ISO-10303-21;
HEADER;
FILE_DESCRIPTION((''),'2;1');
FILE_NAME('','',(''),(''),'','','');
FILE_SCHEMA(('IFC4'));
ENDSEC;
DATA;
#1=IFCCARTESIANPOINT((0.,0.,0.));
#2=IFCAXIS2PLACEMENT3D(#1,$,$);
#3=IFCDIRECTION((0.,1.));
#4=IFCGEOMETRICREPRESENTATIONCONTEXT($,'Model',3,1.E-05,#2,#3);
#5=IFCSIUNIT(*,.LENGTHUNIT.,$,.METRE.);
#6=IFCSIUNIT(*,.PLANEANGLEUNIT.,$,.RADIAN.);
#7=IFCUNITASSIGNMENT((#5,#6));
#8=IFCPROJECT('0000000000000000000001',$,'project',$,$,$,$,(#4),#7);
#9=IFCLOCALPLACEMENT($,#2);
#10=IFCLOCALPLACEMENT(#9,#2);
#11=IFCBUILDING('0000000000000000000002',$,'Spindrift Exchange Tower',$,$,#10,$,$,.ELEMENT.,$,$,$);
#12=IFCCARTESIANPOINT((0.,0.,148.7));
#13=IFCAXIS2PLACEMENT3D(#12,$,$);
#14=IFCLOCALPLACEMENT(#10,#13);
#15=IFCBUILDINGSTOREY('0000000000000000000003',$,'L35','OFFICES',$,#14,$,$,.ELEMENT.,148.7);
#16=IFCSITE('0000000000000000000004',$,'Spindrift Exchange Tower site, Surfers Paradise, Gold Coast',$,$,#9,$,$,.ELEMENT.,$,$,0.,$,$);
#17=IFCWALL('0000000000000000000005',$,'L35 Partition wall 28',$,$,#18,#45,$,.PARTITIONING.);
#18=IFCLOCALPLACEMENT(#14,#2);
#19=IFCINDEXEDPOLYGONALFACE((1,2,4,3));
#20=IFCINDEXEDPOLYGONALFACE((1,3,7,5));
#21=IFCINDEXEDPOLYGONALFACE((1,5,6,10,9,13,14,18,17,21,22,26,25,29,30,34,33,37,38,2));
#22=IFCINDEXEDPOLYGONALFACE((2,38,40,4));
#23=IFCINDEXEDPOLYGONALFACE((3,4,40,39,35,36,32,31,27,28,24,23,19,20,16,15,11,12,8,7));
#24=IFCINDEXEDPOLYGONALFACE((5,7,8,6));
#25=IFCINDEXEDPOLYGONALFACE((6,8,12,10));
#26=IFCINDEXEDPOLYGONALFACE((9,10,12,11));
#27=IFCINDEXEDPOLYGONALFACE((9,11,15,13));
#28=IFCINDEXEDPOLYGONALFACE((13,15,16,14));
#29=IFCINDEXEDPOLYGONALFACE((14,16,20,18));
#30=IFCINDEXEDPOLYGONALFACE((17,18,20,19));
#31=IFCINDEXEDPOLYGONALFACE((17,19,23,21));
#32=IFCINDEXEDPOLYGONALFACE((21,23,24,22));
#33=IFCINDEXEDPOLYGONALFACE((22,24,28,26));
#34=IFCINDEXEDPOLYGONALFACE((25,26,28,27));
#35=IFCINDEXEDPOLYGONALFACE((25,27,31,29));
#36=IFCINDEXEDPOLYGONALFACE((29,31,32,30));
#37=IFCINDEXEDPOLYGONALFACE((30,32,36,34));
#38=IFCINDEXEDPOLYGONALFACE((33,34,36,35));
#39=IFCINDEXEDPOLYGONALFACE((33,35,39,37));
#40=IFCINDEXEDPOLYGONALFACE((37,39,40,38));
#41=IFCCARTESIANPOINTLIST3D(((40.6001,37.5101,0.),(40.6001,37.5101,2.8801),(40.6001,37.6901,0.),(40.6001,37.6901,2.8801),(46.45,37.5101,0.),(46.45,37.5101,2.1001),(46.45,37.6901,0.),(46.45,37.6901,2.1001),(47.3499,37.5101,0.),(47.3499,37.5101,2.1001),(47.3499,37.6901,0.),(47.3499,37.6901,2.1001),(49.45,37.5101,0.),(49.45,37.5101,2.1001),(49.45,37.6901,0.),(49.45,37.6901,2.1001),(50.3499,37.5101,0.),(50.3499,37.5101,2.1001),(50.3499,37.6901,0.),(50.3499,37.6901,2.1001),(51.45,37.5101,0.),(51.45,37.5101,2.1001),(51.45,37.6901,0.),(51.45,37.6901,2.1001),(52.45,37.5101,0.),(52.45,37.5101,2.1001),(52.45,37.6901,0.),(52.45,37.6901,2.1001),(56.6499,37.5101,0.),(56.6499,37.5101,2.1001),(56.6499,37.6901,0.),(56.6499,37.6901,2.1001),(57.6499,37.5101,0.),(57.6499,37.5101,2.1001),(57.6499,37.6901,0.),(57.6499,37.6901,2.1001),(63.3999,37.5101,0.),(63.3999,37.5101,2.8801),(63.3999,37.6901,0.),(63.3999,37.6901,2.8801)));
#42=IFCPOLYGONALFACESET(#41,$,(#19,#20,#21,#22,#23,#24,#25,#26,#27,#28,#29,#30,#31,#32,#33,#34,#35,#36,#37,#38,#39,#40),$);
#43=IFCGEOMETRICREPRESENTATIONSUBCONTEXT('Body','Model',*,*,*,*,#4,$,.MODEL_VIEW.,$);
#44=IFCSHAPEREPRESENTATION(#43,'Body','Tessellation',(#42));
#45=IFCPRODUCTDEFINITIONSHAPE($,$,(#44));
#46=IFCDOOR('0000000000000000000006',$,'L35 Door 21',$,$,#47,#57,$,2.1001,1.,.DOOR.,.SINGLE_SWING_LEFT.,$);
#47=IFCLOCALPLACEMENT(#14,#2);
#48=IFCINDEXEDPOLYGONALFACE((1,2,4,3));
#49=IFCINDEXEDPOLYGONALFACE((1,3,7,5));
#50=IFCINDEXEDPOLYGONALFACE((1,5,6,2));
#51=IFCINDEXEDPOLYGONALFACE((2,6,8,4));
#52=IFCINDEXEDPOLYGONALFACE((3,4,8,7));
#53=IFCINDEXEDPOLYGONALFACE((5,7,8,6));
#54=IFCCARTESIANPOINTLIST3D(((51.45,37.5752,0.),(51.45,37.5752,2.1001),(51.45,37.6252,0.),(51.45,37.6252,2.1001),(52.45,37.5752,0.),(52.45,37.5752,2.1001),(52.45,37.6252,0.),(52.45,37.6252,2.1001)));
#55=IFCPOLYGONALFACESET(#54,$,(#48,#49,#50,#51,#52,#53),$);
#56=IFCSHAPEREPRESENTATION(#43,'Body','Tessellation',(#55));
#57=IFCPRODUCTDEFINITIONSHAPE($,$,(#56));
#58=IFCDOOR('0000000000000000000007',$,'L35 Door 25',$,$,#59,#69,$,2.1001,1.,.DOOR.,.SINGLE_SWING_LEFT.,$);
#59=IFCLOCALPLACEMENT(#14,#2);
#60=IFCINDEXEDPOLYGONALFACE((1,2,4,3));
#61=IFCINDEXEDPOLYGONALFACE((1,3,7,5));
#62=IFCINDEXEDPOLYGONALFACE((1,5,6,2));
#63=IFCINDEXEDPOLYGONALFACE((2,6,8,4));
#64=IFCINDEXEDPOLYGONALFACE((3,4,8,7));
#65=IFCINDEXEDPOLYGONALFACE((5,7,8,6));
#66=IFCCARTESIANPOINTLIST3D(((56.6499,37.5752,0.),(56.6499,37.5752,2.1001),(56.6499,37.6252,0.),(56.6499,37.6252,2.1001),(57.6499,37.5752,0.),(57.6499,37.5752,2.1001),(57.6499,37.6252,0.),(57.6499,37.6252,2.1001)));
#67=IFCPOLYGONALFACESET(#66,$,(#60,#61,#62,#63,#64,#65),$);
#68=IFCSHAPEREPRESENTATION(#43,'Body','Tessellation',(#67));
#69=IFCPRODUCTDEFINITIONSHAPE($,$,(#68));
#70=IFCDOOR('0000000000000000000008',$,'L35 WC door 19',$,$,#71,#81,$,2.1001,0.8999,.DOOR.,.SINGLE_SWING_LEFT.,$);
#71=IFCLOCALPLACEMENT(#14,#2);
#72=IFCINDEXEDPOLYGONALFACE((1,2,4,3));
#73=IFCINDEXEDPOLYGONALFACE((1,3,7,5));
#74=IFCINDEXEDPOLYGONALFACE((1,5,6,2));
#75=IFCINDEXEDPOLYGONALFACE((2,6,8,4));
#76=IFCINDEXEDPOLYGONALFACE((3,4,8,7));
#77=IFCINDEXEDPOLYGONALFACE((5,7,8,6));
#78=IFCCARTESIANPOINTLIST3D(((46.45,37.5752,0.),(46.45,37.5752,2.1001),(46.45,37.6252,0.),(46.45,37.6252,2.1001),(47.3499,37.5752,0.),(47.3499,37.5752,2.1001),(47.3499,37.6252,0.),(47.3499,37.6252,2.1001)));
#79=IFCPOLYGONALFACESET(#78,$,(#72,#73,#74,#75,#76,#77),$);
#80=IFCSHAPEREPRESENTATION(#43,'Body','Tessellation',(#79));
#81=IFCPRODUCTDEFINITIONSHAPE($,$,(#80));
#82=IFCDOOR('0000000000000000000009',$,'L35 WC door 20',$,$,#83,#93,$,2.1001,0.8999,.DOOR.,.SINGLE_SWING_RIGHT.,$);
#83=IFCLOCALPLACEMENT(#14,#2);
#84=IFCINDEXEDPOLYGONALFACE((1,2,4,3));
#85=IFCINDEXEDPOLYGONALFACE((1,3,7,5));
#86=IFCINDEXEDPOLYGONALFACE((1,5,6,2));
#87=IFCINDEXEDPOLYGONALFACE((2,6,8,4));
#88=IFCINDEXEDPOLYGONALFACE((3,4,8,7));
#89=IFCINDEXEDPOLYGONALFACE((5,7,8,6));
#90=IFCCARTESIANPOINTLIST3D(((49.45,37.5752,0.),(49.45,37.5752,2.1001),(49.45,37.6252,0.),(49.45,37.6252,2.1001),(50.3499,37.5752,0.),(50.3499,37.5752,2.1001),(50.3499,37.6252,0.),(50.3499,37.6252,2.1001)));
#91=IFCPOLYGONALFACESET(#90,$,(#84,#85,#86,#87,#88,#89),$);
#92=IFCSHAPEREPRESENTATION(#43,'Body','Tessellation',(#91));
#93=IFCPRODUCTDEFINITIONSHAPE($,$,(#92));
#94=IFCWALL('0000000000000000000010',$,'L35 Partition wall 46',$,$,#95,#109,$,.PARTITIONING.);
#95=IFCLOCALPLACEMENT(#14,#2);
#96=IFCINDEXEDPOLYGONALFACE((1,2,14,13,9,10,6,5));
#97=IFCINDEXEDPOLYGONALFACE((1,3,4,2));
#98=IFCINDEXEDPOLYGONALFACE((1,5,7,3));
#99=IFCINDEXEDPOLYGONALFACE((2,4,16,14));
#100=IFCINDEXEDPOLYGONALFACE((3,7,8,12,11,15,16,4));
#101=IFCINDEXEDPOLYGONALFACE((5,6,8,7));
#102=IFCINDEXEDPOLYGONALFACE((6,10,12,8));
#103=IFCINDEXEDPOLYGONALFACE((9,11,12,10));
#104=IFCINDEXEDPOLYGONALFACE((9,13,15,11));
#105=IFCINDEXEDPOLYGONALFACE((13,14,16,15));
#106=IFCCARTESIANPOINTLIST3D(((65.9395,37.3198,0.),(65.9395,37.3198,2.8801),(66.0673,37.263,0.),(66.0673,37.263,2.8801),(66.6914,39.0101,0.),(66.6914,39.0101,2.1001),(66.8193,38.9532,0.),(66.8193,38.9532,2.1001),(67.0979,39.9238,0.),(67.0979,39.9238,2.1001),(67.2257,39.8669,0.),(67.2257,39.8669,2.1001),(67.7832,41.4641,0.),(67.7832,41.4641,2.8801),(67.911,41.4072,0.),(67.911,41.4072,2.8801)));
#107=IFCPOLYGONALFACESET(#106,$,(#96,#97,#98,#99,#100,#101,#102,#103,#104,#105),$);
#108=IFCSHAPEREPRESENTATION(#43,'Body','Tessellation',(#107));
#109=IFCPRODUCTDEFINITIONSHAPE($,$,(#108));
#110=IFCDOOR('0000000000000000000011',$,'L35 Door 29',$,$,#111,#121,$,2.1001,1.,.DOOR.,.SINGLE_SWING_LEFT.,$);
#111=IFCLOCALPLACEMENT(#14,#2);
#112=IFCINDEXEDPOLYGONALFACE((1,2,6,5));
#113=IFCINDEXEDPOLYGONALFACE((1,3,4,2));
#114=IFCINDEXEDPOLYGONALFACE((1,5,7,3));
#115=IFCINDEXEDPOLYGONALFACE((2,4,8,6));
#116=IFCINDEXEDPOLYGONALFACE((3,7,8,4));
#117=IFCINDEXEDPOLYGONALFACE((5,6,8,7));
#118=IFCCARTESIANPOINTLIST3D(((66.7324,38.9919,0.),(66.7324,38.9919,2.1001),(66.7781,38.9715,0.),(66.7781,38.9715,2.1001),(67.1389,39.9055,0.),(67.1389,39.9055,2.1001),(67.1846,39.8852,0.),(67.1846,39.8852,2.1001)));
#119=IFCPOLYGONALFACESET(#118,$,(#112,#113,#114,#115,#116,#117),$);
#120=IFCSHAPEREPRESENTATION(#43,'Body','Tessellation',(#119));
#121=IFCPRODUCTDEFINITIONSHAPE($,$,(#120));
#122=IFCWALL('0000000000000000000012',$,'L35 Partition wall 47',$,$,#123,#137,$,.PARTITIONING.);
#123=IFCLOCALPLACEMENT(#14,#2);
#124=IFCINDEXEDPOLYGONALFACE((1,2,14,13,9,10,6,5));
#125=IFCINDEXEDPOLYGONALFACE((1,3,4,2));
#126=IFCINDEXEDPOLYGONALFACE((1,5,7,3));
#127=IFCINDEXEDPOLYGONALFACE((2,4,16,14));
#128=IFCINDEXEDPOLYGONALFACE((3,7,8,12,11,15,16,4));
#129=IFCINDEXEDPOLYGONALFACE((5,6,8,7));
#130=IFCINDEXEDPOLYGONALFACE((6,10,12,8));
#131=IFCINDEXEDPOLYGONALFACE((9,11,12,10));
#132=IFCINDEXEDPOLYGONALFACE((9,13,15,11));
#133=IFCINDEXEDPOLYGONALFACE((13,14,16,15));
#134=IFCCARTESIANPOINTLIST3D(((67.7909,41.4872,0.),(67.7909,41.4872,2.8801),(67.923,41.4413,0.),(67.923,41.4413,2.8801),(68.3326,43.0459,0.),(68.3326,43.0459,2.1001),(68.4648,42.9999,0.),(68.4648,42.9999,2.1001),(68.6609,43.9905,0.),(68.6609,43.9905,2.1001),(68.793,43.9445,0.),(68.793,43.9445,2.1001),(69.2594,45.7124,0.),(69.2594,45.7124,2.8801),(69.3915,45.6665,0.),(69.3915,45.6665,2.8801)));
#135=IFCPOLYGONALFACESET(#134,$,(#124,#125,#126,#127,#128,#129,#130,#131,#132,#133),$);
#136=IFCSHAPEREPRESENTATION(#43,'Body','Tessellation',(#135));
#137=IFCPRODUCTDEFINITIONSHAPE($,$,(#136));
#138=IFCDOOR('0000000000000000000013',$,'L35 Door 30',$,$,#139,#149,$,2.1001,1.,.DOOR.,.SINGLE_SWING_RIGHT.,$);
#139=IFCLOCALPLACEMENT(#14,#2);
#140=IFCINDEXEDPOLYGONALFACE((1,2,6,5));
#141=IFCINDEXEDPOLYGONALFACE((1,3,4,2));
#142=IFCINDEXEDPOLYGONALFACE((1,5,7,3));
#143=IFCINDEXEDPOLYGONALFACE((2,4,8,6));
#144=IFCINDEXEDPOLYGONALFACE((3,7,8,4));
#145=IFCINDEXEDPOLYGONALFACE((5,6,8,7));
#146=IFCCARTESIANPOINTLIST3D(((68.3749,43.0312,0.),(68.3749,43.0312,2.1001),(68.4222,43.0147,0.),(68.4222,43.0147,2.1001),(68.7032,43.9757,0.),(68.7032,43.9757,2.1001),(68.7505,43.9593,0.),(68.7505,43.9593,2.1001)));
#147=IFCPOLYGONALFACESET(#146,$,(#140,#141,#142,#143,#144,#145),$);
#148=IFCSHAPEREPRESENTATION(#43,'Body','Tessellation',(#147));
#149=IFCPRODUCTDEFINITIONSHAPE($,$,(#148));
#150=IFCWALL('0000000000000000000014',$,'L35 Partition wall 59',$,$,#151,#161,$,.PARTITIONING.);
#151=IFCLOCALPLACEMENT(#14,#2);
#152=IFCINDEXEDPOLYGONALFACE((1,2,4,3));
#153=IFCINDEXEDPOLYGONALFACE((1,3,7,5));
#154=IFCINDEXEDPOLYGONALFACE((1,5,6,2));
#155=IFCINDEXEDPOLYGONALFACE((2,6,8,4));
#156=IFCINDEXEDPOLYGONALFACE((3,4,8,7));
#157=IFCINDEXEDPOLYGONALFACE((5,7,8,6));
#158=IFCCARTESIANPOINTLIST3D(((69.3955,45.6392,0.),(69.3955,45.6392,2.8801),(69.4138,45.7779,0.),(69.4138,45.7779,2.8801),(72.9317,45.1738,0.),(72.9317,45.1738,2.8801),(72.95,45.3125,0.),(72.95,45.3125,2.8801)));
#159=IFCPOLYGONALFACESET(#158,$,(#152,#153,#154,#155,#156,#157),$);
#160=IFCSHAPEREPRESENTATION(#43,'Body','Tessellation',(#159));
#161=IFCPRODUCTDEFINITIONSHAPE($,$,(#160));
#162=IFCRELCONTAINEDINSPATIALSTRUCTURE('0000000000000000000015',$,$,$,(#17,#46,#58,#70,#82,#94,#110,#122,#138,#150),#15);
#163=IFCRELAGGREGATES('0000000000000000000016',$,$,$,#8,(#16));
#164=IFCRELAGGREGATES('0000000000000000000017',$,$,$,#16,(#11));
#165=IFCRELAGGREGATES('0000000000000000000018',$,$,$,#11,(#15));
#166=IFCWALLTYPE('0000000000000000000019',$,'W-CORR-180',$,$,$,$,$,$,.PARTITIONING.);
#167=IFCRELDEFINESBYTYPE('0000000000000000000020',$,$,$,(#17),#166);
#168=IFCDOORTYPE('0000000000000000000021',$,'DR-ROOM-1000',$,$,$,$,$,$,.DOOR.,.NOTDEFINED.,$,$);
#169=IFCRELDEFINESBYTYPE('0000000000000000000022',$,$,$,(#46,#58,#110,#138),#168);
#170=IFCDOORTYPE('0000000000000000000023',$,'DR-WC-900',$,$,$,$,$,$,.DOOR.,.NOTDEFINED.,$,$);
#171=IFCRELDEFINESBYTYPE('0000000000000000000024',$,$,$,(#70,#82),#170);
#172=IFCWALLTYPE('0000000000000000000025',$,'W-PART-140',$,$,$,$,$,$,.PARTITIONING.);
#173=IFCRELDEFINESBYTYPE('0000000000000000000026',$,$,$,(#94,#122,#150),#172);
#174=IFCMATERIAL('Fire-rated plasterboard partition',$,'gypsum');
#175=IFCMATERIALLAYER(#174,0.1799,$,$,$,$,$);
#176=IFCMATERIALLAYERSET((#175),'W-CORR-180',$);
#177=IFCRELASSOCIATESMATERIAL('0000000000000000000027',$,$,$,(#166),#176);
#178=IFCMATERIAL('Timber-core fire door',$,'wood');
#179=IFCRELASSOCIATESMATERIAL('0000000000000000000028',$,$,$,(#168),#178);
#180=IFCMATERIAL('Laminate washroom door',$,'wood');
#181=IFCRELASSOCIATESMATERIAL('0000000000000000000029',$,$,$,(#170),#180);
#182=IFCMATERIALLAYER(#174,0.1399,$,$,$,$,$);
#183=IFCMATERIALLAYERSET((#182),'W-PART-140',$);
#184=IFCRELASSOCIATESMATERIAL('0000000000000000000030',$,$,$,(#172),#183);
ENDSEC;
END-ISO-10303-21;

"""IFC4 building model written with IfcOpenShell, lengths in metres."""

from ifc_helpers import new_model, si_unit, direction, frame, frame_2d, origin, place, context, subcontext, project, spatial, rectangle, extrude, source, transform, mapped, material, layer, layer_set, type_object, element, fill, save


model = new_model("IFC4")

# Units and contexts
model_context = context("Model", 3, precision=1e-05, world=origin(), true_north=direction((0.0, 1.0)))
body_context = subcontext(model_context, "Body", "Model", "MODEL_VIEW")
ifc_project = project(units=[si_unit("LENGTHUNIT", "METRE"), si_unit("PLANEANGLEUNIT", "RADIAN")], contexts=[model_context])

# Site, building, storey
site_placement = place(None, origin())
site = spatial("IfcSite", under=ifc_project, at=site_placement, Name="Spindrift Exchange Tower site, Surfers Paradise, Gold Coast", CompositionType="ELEMENT", RefElevation=0.0)
building_placement = place(site_placement, origin())
building = spatial("IfcBuilding", under=site, at=building_placement, Name="Spindrift Exchange Tower", CompositionType="ELEMENT")
storey_placement = place(building_placement, frame((0.0, 0.0, 148.7)))
storey = spatial("IfcBuildingStorey", under=building, at=storey_placement, Name="L35", Description="OFFICES", CompositionType="ELEMENT", Elevation=148.7)

# Wall, openings, doors
ifc_material_1 = material(Name="Fire-rated plasterboard partition", Category="gypsum")
ifc_layer_1 = layer(ifc_material_1, 0.1799)
ifc_layer_set_1 = layer_set([ifc_layer_1], Name="W-CORR-180")
wall_type_1 = type_object("IfcWallType", Name="W-CORR-180", PredefinedType="PARTITIONING", material=ifc_layer_set_1)
wall_1_placement = place(storey_placement, frame((63.3999, 37.6001, 0.0), z_axis=(0.0, 0.0, 1.0), x_axis=(-1.0, 0.0, 0.0)))
wall_1 = element("IfcWall", 1, at=wall_1_placement, inside=storey, type_object=wall_type_1, Name="L35 Partition wall 28", PredefinedType="PARTITIONING", context=body_context, shape_type="SweptSolid", body=[
    extrude(rectangle(XDim=22.7998, YDim=0.1799, at=frame_2d((11.3999, 0.0))), origin(), (0.0, 0.0, 1.0), 2.8801),
])
opening_1_placement = place(wall_1_placement, frame((16.05, 0.0, 0.0)))
opening_1 = element("IfcOpeningElement", 2, at=opening_1_placement, cuts=wall_1, PredefinedType="OPENING", context=body_context, shape_type="SweptSolid", body=[
    extrude(rectangle(XDim=0.8999, YDim=2.1001, at=frame_2d((0.45, 1.05))), frame((0.0, 0.0999, 0.0), z_axis=(0.0, -1.0, 0.0), x_axis=(1.0, 0.0, 0.0)), (0.0, 0.0, 1.0), 0.2),
])
opening_2_placement = place(wall_1_placement, frame((13.05, 0.0, 0.0)))
opening_2 = element("IfcOpeningElement", 3, at=opening_2_placement, cuts=wall_1, PredefinedType="OPENING", context=body_context, shape_type="SweptSolid", body=[
    extrude(rectangle(XDim=0.8999, YDim=2.1001, at=frame_2d((0.45, 1.05))), frame((0.0, 0.0999, 0.0), z_axis=(0.0, -1.0, 0.0), x_axis=(1.0, 0.0, 0.0)), (0.0, 0.0, 1.0), 0.2),
])
opening_3_placement = place(wall_1_placement, frame((10.95, 0.0, 0.0)))
opening_3 = element("IfcOpeningElement", 4, at=opening_3_placement, cuts=wall_1, PredefinedType="OPENING", context=body_context, shape_type="SweptSolid", body=[
    extrude(rectangle(XDim=1.0, YDim=2.1001, at=frame_2d((0.5, 1.05))), frame((0.0, 0.0999, 0.0), z_axis=(0.0, -1.0, 0.0), x_axis=(1.0, 0.0, 0.0)), (0.0, 0.0, 1.0), 0.2),
])
opening_4_placement = place(wall_1_placement, frame((5.75, 0.0, 0.0)))
opening_4 = element("IfcOpeningElement", 5, at=opening_4_placement, cuts=wall_1, PredefinedType="OPENING", context=body_context, shape_type="SweptSolid", body=[
    extrude(rectangle(XDim=1.0, YDim=2.1001, at=frame_2d((0.5, 1.05))), frame((0.0, 0.0999, 0.0), z_axis=(0.0, -1.0, 0.0), x_axis=(1.0, 0.0, 0.0)), (0.0, 0.0, 1.0), 0.2),
])
ifc_material_2 = material(Name="Timber-core fire door", Category="wood")
door_type_1 = type_object("IfcDoorType", Name="DR-ROOM-1000", OperationType="NOTDEFINED", PredefinedType="DOOR", material=ifc_material_2)
shared_shape_1 = source(origin(), body_context, "Body", "SweptSolid", [
    extrude(rectangle(XDim=1.0, YDim=2.1001, at=frame_2d((0.5, 1.05))), frame((0.0, 0.0249, 0.0), z_axis=(0.0, -1.0, 0.0), x_axis=(1.0, 0.0, 0.0)), (0.0, 0.0, 1.0), 0.05),
])
door_1_placement = place(opening_3_placement, origin())
door_1 = element("IfcDoor", 6, at=door_1_placement, inside=storey, type_object=door_type_1, Name="L35 Door 21", OperationType="SINGLE_SWING_LEFT", OverallHeight=2.1001, OverallWidth=1.0, PredefinedType="DOOR", context=body_context, shape_type="MappedRepresentation", body=[
    mapped(shared_shape_1, transform((0.0, 0.0, 0.0), scale=1.0)),
])
fill(opening_3, door_1)
door_2_placement = place(opening_4_placement, origin())
door_2 = element("IfcDoor", 7, at=door_2_placement, inside=storey, type_object=door_type_1, Name="L35 Door 25", OperationType="SINGLE_SWING_LEFT", OverallHeight=2.1001, OverallWidth=1.0, PredefinedType="DOOR", context=body_context, shape_type="MappedRepresentation", body=[
    mapped(shared_shape_1, transform((0.0, 0.0, 0.0), scale=1.0)),
])
fill(opening_4, door_2)
ifc_material_3 = material(Name="Laminate washroom door", Category="wood")
door_type_2 = type_object("IfcDoorType", Name="DR-WC-900", OperationType="NOTDEFINED", PredefinedType="DOOR", material=ifc_material_3)
shared_shape_2 = source(origin(), body_context, "Body", "SweptSolid", [
    extrude(rectangle(XDim=0.8999, YDim=2.1001, at=frame_2d((0.45, 1.05))), frame((0.0, 0.0249, 0.0), z_axis=(0.0, -1.0, 0.0), x_axis=(1.0, 0.0, 0.0)), (0.0, 0.0, 1.0), 0.05),
])
door_3_placement = place(opening_1_placement, origin())
door_3 = element("IfcDoor", 8, at=door_3_placement, inside=storey, type_object=door_type_2, Name="L35 WC door 19", OperationType="SINGLE_SWING_LEFT", OverallHeight=2.1001, OverallWidth=0.8999, PredefinedType="DOOR", context=body_context, shape_type="MappedRepresentation", body=[
    mapped(shared_shape_2, transform((0.0, 0.0, 0.0), scale=1.0)),
])
fill(opening_1, door_3)
door_4_placement = place(opening_2_placement, origin())
door_4 = element("IfcDoor", 9, at=door_4_placement, inside=storey, type_object=door_type_2, Name="L35 WC door 20", OperationType="SINGLE_SWING_RIGHT", OverallHeight=2.1001, OverallWidth=0.8999, PredefinedType="DOOR", context=body_context, shape_type="MappedRepresentation", body=[
    mapped(shared_shape_2, transform((0.0, 0.0, 0.0), scale=1.0)),
])
fill(opening_2, door_4)

# Walls, openings, doors
ifc_layer_2 = layer(ifc_material_1, 0.1399)
ifc_layer_set_2 = layer_set([ifc_layer_2], Name="W-PART-140")
wall_type_2 = type_object("IfcWallType", Name="W-PART-140", PredefinedType="PARTITIONING", material=ifc_layer_set_2)
wall_2_placement = place(storey_placement, frame((67.8472, 41.4358, 0.0), z_axis=(0.0, 0.0, 1.0), x_axis=(-0.406478, -0.913661, 0.0)))
wall_2 = element("IfcWall", 10, at=wall_2_placement, inside=storey, type_object=wall_type_2, Name="L35 Partition wall 46", PredefinedType="PARTITIONING", context=body_context, shape_type="SweptSolid", body=[
    extrude(rectangle(XDim=4.5359, YDim=0.1399, at=frame_2d((2.2681, 0.0))), origin(), (0.0, 0.0, 1.0), 2.8801),
])
opening_5_placement = place(wall_2_placement, frame((1.686, 0.0, 0.0)))
opening_5 = element("IfcOpeningElement", 11, at=opening_5_placement, cuts=wall_2, PredefinedType="OPENING", context=body_context, shape_type="SweptSolid", body=[
    extrude(rectangle(XDim=1.0, YDim=2.1001, at=frame_2d((0.5, 1.05))), frame((0.0, 0.0798, 0.0), z_axis=(0.0, -1.0, 0.0), x_axis=(1.0, 0.0, 0.0)), (0.0, 0.0, 1.0), 0.1599),
])
door_5_placement = place(opening_5_placement, origin())
door_5 = element("IfcDoor", 12, at=door_5_placement, inside=storey, type_object=door_type_1, Name="L35 Door 29", OperationType="SINGLE_SWING_LEFT", OverallHeight=2.1001, OverallWidth=1.0, PredefinedType="DOOR", context=body_context, shape_type="MappedRepresentation", body=[
    mapped(shared_shape_1, transform((0.0, 0.0, 0.0), scale=1.0)),
])
fill(opening_5, door_5)
wall_3_placement = place(storey_placement, frame((69.3254, 45.6895, 0.0), z_axis=(0.0, 0.0, 1.0), x_axis=(-0.328286, -0.944578, 0.0)))
wall_3 = element("IfcWall", 13, at=wall_3_placement, inside=storey, type_object=wall_type_2, Name="L35 Partition wall 47", PredefinedType="PARTITIONING", context=body_context, shape_type="SweptSolid", body=[
    extrude(rectangle(XDim=4.4731, YDim=0.1399, at=frame_2d((2.2366, 0.0))), origin(), (0.0, 0.0, 1.0), 2.8801),
])
opening_6_placement = place(wall_3_placement, frame((1.823, 0.0, 0.0)))
opening_6 = element("IfcOpeningElement", 14, at=opening_6_placement, cuts=wall_3, PredefinedType="OPENING", context=body_context, shape_type="SweptSolid", body=[
    extrude(rectangle(XDim=1.0, YDim=2.1001, at=frame_2d((0.5, 1.05))), frame((0.0, 0.0798, 0.0), z_axis=(0.0, -1.0, 0.0), x_axis=(1.0, 0.0, 0.0)), (0.0, 0.0, 1.0), 0.1599),
])
door_6_placement = place(opening_6_placement, origin())
door_6 = element("IfcDoor", 15, at=door_6_placement, inside=storey, type_object=door_type_1, Name="L35 Door 30", OperationType="SINGLE_SWING_RIGHT", OverallHeight=2.1001, OverallWidth=1.0, PredefinedType="DOOR", context=body_context, shape_type="MappedRepresentation", body=[
    mapped(shared_shape_1, transform((0.0, 0.0, 0.0), scale=1.0)),
])
fill(opening_6, door_6)

# Wall
wall_4_placement = place(storey_placement, frame((69.4048, 45.7085, 0.0), z_axis=(0.0, 0.0, 1.0), x_axis=(0.991452, -0.130469, 0.0)))
element("IfcWall", 16, at=wall_4_placement, inside=storey, type_object=wall_type_2, Name="L35 Partition wall 59", PredefinedType="PARTITIONING", context=body_context, shape_type="SweptSolid", body=[
    extrude(rectangle(XDim=3.5667, YDim=0.1399, at=frame_2d((1.7832, 0.0))), origin(), (0.0, 0.0, 1.0), 2.8801),
])

save(model, "model.ifc")
